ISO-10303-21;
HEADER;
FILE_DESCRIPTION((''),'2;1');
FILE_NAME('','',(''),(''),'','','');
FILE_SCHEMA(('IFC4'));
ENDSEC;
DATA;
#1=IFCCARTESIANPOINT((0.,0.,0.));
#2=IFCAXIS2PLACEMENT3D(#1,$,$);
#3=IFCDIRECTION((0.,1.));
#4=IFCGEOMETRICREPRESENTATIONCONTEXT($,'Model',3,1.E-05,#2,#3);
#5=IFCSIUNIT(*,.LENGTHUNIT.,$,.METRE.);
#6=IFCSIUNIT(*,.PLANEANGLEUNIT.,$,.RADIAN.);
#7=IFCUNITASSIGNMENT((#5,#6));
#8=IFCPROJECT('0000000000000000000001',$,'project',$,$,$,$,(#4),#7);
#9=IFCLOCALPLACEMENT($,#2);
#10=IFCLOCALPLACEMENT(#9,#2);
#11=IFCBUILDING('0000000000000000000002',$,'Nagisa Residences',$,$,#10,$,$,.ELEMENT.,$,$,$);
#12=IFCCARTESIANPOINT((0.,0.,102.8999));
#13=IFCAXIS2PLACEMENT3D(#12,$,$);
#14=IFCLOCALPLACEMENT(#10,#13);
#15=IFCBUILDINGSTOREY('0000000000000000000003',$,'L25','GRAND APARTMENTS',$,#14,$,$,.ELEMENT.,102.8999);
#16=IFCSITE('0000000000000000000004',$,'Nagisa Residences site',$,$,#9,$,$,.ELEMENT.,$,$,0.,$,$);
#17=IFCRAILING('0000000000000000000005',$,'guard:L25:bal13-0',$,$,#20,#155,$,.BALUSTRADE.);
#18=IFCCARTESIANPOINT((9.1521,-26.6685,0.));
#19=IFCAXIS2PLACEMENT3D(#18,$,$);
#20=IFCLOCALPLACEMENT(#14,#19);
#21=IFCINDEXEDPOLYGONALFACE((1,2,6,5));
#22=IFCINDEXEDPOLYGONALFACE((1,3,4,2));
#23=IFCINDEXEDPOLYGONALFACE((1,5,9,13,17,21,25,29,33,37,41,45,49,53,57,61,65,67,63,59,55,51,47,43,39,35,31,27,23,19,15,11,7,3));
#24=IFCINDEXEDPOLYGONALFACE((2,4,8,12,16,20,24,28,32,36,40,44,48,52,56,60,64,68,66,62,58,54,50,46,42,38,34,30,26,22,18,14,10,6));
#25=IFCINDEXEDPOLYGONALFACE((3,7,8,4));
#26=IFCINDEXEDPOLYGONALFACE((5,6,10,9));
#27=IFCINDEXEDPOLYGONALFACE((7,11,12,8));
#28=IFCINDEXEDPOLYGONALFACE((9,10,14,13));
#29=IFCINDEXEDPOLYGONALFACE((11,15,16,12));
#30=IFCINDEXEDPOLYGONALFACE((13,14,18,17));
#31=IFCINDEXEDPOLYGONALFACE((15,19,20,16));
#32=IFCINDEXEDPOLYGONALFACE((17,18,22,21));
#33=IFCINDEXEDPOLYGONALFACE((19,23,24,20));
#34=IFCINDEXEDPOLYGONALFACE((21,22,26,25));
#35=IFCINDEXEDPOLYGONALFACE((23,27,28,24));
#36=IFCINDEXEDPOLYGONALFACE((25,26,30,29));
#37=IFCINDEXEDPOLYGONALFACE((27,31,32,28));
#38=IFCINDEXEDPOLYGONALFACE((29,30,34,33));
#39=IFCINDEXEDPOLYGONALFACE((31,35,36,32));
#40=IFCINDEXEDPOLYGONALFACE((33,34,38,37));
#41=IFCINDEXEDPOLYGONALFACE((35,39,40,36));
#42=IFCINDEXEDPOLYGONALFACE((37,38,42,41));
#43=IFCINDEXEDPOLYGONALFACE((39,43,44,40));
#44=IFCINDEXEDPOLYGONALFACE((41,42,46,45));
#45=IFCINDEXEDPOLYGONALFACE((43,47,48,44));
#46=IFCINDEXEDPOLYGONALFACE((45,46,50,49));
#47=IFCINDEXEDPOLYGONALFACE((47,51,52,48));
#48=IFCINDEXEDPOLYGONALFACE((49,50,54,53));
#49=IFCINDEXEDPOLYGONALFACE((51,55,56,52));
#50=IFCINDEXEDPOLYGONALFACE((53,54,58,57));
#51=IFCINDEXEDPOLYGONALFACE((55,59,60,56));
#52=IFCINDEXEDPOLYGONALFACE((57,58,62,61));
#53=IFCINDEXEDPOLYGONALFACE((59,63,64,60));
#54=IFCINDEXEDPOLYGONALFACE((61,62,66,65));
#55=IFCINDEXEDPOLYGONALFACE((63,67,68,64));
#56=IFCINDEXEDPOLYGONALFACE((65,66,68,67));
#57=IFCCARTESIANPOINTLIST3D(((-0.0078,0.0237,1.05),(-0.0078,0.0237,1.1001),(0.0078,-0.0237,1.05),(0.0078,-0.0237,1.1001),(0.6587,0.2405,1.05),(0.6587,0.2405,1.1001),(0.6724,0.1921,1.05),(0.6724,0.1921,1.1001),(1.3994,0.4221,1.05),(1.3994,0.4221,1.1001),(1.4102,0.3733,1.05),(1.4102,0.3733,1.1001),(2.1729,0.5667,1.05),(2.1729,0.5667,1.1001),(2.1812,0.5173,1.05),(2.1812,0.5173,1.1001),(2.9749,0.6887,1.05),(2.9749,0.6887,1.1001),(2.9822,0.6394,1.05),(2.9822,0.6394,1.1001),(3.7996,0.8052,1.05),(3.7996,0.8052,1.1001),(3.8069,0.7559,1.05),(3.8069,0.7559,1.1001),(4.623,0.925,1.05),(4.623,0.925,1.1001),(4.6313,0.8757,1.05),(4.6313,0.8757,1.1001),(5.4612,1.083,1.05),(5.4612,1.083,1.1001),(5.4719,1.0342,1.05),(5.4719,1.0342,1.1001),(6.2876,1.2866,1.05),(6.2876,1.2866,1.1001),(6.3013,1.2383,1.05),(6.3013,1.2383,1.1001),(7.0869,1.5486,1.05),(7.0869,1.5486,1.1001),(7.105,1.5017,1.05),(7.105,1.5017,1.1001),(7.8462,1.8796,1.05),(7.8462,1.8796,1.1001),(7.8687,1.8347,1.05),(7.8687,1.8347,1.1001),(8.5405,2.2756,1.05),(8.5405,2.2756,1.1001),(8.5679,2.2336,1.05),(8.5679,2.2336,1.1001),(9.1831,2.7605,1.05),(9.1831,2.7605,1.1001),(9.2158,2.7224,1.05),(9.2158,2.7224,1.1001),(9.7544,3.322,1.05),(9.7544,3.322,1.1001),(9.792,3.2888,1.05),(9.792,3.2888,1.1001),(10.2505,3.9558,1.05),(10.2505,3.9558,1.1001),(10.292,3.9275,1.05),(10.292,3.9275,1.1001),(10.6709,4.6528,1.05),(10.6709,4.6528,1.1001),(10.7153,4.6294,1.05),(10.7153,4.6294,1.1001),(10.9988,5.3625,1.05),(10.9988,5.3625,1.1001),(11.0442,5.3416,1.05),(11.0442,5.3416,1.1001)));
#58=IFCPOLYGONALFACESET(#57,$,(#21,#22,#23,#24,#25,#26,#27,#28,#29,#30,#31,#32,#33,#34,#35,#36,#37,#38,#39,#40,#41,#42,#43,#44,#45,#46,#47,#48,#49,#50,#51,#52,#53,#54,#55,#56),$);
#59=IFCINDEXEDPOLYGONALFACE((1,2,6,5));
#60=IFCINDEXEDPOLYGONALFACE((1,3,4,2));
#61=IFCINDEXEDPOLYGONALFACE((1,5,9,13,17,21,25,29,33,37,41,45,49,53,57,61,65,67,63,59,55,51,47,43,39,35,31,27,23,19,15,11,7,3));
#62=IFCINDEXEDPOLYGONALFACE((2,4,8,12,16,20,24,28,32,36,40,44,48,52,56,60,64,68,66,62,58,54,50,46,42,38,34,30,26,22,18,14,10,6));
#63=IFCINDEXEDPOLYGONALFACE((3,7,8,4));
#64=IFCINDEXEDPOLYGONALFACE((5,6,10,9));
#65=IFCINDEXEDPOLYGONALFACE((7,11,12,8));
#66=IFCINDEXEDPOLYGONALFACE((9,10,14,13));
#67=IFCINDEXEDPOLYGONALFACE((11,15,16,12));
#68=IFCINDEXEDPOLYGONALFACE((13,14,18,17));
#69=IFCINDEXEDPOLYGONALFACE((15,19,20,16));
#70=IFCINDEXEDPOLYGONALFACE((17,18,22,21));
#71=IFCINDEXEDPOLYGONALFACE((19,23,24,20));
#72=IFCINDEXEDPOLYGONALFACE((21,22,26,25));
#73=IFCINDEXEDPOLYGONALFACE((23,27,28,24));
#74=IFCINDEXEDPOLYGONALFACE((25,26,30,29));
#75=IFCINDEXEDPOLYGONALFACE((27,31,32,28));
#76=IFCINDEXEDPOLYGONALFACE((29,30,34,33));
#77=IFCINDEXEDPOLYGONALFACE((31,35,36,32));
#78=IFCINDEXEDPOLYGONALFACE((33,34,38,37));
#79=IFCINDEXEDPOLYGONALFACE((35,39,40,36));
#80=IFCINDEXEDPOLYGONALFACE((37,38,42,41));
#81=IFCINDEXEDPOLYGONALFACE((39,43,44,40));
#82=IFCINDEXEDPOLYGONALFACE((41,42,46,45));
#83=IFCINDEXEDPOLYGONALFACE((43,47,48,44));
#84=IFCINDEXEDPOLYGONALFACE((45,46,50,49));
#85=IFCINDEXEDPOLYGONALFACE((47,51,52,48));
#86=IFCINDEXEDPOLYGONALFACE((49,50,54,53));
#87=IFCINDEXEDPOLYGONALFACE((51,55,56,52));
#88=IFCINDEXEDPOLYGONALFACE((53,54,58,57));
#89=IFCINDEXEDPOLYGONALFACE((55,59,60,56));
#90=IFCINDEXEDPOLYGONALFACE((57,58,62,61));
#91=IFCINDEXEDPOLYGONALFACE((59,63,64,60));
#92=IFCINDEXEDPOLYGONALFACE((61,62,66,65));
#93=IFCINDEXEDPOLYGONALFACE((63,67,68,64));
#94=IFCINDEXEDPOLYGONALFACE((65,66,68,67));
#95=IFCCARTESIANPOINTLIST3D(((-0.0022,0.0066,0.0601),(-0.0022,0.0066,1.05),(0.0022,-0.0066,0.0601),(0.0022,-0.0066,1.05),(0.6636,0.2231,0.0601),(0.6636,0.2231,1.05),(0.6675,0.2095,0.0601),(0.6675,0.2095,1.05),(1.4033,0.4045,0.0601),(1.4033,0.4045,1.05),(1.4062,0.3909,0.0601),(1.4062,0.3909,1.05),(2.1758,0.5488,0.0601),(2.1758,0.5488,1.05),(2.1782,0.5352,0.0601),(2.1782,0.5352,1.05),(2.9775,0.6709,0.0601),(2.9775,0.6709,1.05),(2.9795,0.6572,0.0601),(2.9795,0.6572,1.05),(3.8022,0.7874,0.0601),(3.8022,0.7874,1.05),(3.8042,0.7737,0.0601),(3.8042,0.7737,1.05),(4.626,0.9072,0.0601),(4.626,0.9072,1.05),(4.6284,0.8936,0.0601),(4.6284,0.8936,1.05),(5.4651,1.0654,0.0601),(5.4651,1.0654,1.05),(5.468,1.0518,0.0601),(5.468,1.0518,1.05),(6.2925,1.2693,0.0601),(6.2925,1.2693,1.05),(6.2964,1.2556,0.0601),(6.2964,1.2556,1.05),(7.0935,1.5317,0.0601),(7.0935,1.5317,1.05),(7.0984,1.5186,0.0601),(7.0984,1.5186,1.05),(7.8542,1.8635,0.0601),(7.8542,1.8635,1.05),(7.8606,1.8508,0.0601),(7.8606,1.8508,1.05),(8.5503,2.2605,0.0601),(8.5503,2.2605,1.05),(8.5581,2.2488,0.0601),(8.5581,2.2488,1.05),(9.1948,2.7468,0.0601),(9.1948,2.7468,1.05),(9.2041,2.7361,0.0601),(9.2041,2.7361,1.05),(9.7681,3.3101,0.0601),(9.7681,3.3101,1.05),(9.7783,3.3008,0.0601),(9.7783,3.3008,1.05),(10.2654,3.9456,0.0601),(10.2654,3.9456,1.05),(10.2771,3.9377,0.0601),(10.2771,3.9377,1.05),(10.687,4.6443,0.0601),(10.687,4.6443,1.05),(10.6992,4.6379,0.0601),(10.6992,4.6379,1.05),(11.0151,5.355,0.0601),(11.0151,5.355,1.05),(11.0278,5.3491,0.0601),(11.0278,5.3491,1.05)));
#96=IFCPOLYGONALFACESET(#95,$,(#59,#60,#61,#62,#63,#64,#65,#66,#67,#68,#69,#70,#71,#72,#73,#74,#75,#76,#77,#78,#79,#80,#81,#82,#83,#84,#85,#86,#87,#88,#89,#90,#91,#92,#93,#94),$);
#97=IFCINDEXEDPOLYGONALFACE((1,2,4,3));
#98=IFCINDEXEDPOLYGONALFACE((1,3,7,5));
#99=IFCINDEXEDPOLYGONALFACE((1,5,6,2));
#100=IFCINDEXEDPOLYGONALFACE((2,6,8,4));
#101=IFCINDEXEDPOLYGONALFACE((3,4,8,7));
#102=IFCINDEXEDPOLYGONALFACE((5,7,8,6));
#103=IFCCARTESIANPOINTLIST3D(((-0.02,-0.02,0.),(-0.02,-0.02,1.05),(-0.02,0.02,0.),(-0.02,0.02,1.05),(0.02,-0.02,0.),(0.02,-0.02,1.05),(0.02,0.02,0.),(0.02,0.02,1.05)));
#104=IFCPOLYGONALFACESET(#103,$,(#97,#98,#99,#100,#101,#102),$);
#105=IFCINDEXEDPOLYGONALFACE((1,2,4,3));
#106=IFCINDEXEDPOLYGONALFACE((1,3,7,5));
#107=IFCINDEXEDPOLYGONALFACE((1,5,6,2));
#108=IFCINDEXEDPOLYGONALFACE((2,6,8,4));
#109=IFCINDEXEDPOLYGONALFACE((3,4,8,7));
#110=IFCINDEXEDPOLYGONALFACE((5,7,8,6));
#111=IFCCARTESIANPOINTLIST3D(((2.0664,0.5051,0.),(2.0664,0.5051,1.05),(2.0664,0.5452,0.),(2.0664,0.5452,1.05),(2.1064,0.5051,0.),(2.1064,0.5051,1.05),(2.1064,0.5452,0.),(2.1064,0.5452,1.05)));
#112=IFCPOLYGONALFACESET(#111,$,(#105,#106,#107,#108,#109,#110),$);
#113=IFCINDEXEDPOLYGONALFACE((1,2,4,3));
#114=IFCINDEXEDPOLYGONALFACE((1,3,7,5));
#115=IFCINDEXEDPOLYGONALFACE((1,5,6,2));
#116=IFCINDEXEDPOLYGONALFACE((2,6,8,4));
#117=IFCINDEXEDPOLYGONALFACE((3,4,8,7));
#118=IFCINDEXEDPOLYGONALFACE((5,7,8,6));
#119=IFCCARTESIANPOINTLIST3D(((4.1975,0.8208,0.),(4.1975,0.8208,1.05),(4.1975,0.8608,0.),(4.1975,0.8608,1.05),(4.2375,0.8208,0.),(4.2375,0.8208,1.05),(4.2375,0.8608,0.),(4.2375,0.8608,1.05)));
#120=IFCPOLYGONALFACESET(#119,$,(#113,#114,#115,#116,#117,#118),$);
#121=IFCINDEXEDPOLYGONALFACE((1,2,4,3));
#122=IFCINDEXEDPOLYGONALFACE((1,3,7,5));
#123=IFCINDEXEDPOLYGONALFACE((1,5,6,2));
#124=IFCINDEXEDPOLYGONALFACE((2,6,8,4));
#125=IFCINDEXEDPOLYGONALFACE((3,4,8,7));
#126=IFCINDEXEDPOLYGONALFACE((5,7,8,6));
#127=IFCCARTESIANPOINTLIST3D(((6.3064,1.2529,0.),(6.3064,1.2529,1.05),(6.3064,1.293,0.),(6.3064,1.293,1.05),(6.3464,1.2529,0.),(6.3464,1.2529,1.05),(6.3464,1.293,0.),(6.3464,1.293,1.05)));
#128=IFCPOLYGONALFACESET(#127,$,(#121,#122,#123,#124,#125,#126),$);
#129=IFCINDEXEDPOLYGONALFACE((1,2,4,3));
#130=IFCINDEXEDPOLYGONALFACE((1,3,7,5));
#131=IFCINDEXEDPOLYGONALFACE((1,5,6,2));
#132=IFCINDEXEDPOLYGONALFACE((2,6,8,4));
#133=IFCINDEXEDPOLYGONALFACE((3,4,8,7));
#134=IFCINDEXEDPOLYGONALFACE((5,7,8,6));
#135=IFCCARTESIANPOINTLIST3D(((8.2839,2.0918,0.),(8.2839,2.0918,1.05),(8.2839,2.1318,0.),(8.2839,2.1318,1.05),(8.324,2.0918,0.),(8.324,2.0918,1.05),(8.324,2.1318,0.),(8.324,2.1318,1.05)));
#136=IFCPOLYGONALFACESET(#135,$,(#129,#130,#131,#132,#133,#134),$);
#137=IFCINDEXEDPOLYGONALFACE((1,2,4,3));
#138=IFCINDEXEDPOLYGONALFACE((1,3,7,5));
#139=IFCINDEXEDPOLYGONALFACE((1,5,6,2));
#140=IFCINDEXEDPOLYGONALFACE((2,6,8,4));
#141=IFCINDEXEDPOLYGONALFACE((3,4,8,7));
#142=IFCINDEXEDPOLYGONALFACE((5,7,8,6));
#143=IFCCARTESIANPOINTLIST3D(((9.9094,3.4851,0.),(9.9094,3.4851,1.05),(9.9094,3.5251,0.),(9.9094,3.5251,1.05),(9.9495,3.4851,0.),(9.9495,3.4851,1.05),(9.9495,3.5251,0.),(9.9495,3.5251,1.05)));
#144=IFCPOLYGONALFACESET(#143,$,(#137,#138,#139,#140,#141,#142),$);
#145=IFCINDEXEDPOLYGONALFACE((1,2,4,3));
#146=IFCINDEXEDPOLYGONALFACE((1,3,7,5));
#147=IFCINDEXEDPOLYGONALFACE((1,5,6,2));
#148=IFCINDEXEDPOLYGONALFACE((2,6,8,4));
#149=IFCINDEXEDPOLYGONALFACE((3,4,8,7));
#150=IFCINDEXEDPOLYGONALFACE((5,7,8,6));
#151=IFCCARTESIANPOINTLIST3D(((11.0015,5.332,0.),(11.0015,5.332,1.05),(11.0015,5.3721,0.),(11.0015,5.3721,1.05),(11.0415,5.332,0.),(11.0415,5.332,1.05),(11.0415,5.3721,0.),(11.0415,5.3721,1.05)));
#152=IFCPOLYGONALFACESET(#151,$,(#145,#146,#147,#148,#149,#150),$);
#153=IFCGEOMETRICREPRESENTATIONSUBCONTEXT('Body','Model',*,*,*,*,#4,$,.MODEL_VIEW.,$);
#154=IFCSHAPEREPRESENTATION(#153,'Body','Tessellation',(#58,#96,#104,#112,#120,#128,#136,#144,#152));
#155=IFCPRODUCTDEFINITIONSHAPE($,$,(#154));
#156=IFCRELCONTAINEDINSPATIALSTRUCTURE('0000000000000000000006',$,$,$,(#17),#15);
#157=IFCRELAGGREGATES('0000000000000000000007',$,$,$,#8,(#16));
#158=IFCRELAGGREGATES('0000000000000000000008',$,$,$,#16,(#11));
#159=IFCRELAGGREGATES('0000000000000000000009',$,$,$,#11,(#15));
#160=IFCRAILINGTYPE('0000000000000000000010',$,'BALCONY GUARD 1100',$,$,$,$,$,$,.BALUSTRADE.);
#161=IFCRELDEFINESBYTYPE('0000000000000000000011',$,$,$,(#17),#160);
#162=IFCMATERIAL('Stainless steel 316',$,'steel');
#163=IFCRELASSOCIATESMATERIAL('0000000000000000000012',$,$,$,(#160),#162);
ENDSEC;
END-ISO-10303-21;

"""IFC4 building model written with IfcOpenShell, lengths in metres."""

from ifc_helpers import new_model, si_unit, direction, frame, origin, origin_2d, place, context, subcontext, project, spatial, polyline, rectangle, outline, extrude, material, type_object, element, save


model = new_model("IFC4")

# Units and contexts
model_context = context("Model", 3, precision=1e-05, world=origin(), true_north=direction((0.0, 1.0)))
body_context = subcontext(model_context, "Body", "Model", "MODEL_VIEW")
ifc_project = project(units=[si_unit("LENGTHUNIT", "METRE"), si_unit("PLANEANGLEUNIT", "RADIAN")], contexts=[model_context])

# Site, building, storey
site_placement = place(None, origin())
site = spatial("IfcSite", under=ifc_project, at=site_placement, Name="Nagisa Residences site", CompositionType="ELEMENT", RefElevation=0.0)
building_placement = place(site_placement, origin())
building = spatial("IfcBuilding", under=site, at=building_placement, Name="Nagisa Residences", CompositionType="ELEMENT")
storey_placement = place(building_placement, frame((0.0, 0.0, 102.8999)))
storey = spatial("IfcBuildingStorey", under=building, at=storey_placement, Name="L25", Description="GRAND APARTMENTS", CompositionType="ELEMENT", Elevation=102.8999)

# Railing
ifc_material_1 = material(Name="Stainless steel 316", Category="steel")
railing_type = type_object("IfcRailingType", Name="BALCONY GUARD 1100", PredefinedType="BALUSTRADE", material=ifc_material_1)
railing_placement = place(storey_placement, frame((9.1521, -26.6685, 0.0)))
element("IfcRailing", 1, at=railing_placement, inside=storey, type_object=railing_type, Name="guard:L25:bal13-0", PredefinedType="BALUSTRADE", context=body_context, shape_type="SweptSolid", body=[
    extrude(outline(polyline([(0.6587, 0.2405), (-0.0078, 0.0237), (0.0078, -0.0237), (0.6724, 0.1921), (1.4102, 0.3733), (2.1812, 0.5173), (2.9822, 0.6394), (3.8069, 0.7559), (4.6313, 0.8757), (5.4719, 1.0342), (6.3013, 1.2383), (7.105, 1.5017), (7.8687, 1.8347), (8.5679, 2.2336), (9.2158, 2.7224), (9.792, 3.2888), (10.292, 3.9275), (10.7153, 4.6294), (11.0442, 5.3416), (10.9988, 5.3625), (10.6709, 4.6528), (10.2505, 3.9558), (9.7544, 3.322), (9.1831, 2.7605), (8.5405, 2.2756), (7.8462, 1.8796), (7.0869, 1.5486), (6.2876, 1.2866), (5.4612, 1.083), (4.623, 0.925), (3.7996, 0.8052), (2.9749, 0.6887), (2.1729, 0.5667), (1.3994, 0.4221), (0.6587, 0.2405)])), frame((0.0, 0.0, 1.05)), (0.0, 0.0, 1.0), 0.05),
    extrude(outline(polyline([(0.6636, 0.2231), (-0.0022, 0.0066), (0.0022, -0.0066), (0.6675, 0.2095), (1.4062, 0.3909), (2.1782, 0.5352), (2.9795, 0.6572), (3.8042, 0.7737), (4.6284, 0.8936), (5.468, 1.0518), (6.2964, 1.2556), (7.0984, 1.5186), (7.8606, 1.8508), (8.5581, 2.2488), (9.2041, 2.7361), (9.7783, 3.3008), (10.2771, 3.9377), (10.6992, 4.6379), (11.0278, 5.3491), (11.0151, 5.355), (10.687, 4.6443), (10.2654, 3.9456), (9.7681, 3.3101), (9.1948, 2.7468), (8.5503, 2.2605), (7.8542, 1.8635), (7.0935, 1.5317), (6.2925, 1.2693), (5.4651, 1.0654), (4.626, 0.9072), (3.8022, 0.7874), (2.9775, 0.6709), (2.1758, 0.5488), (1.4033, 0.4045), (0.6636, 0.2231)])), frame((0.0, 0.0, 0.0601)), (0.0, 0.0, 1.0), 0.99),
    extrude(rectangle(XDim=0.04, YDim=0.04, at=origin_2d()), origin(), (0.0, 0.0, 1.0), 1.05),
    extrude(rectangle(XDim=0.04, YDim=0.04, at=origin_2d()), frame((2.0864, 0.5251, 0.0)), (0.0, 0.0, 1.0), 1.05),
    extrude(rectangle(XDim=0.04, YDim=0.04, at=origin_2d()), frame((4.2175, 0.8408, 0.0)), (0.0, 0.0, 1.0), 1.05),
    extrude(rectangle(XDim=0.04, YDim=0.04, at=origin_2d()), frame((6.3264, 1.2729, 0.0)), (0.0, 0.0, 1.0), 1.05),
    extrude(rectangle(XDim=0.04, YDim=0.04, at=origin_2d()), frame((8.304, 2.1118, 0.0)), (0.0, 0.0, 1.0), 1.05),
    extrude(rectangle(XDim=0.04, YDim=0.04, at=origin_2d()), frame((9.9294, 3.5051, 0.0)), (0.0, 0.0, 1.0), 1.05),
    extrude(rectangle(XDim=0.04, YDim=0.04, at=origin_2d()), frame((11.0215, 5.3521, 0.0)), (0.0, 0.0, 1.0), 1.05),
])

save(model, "model.ifc")
